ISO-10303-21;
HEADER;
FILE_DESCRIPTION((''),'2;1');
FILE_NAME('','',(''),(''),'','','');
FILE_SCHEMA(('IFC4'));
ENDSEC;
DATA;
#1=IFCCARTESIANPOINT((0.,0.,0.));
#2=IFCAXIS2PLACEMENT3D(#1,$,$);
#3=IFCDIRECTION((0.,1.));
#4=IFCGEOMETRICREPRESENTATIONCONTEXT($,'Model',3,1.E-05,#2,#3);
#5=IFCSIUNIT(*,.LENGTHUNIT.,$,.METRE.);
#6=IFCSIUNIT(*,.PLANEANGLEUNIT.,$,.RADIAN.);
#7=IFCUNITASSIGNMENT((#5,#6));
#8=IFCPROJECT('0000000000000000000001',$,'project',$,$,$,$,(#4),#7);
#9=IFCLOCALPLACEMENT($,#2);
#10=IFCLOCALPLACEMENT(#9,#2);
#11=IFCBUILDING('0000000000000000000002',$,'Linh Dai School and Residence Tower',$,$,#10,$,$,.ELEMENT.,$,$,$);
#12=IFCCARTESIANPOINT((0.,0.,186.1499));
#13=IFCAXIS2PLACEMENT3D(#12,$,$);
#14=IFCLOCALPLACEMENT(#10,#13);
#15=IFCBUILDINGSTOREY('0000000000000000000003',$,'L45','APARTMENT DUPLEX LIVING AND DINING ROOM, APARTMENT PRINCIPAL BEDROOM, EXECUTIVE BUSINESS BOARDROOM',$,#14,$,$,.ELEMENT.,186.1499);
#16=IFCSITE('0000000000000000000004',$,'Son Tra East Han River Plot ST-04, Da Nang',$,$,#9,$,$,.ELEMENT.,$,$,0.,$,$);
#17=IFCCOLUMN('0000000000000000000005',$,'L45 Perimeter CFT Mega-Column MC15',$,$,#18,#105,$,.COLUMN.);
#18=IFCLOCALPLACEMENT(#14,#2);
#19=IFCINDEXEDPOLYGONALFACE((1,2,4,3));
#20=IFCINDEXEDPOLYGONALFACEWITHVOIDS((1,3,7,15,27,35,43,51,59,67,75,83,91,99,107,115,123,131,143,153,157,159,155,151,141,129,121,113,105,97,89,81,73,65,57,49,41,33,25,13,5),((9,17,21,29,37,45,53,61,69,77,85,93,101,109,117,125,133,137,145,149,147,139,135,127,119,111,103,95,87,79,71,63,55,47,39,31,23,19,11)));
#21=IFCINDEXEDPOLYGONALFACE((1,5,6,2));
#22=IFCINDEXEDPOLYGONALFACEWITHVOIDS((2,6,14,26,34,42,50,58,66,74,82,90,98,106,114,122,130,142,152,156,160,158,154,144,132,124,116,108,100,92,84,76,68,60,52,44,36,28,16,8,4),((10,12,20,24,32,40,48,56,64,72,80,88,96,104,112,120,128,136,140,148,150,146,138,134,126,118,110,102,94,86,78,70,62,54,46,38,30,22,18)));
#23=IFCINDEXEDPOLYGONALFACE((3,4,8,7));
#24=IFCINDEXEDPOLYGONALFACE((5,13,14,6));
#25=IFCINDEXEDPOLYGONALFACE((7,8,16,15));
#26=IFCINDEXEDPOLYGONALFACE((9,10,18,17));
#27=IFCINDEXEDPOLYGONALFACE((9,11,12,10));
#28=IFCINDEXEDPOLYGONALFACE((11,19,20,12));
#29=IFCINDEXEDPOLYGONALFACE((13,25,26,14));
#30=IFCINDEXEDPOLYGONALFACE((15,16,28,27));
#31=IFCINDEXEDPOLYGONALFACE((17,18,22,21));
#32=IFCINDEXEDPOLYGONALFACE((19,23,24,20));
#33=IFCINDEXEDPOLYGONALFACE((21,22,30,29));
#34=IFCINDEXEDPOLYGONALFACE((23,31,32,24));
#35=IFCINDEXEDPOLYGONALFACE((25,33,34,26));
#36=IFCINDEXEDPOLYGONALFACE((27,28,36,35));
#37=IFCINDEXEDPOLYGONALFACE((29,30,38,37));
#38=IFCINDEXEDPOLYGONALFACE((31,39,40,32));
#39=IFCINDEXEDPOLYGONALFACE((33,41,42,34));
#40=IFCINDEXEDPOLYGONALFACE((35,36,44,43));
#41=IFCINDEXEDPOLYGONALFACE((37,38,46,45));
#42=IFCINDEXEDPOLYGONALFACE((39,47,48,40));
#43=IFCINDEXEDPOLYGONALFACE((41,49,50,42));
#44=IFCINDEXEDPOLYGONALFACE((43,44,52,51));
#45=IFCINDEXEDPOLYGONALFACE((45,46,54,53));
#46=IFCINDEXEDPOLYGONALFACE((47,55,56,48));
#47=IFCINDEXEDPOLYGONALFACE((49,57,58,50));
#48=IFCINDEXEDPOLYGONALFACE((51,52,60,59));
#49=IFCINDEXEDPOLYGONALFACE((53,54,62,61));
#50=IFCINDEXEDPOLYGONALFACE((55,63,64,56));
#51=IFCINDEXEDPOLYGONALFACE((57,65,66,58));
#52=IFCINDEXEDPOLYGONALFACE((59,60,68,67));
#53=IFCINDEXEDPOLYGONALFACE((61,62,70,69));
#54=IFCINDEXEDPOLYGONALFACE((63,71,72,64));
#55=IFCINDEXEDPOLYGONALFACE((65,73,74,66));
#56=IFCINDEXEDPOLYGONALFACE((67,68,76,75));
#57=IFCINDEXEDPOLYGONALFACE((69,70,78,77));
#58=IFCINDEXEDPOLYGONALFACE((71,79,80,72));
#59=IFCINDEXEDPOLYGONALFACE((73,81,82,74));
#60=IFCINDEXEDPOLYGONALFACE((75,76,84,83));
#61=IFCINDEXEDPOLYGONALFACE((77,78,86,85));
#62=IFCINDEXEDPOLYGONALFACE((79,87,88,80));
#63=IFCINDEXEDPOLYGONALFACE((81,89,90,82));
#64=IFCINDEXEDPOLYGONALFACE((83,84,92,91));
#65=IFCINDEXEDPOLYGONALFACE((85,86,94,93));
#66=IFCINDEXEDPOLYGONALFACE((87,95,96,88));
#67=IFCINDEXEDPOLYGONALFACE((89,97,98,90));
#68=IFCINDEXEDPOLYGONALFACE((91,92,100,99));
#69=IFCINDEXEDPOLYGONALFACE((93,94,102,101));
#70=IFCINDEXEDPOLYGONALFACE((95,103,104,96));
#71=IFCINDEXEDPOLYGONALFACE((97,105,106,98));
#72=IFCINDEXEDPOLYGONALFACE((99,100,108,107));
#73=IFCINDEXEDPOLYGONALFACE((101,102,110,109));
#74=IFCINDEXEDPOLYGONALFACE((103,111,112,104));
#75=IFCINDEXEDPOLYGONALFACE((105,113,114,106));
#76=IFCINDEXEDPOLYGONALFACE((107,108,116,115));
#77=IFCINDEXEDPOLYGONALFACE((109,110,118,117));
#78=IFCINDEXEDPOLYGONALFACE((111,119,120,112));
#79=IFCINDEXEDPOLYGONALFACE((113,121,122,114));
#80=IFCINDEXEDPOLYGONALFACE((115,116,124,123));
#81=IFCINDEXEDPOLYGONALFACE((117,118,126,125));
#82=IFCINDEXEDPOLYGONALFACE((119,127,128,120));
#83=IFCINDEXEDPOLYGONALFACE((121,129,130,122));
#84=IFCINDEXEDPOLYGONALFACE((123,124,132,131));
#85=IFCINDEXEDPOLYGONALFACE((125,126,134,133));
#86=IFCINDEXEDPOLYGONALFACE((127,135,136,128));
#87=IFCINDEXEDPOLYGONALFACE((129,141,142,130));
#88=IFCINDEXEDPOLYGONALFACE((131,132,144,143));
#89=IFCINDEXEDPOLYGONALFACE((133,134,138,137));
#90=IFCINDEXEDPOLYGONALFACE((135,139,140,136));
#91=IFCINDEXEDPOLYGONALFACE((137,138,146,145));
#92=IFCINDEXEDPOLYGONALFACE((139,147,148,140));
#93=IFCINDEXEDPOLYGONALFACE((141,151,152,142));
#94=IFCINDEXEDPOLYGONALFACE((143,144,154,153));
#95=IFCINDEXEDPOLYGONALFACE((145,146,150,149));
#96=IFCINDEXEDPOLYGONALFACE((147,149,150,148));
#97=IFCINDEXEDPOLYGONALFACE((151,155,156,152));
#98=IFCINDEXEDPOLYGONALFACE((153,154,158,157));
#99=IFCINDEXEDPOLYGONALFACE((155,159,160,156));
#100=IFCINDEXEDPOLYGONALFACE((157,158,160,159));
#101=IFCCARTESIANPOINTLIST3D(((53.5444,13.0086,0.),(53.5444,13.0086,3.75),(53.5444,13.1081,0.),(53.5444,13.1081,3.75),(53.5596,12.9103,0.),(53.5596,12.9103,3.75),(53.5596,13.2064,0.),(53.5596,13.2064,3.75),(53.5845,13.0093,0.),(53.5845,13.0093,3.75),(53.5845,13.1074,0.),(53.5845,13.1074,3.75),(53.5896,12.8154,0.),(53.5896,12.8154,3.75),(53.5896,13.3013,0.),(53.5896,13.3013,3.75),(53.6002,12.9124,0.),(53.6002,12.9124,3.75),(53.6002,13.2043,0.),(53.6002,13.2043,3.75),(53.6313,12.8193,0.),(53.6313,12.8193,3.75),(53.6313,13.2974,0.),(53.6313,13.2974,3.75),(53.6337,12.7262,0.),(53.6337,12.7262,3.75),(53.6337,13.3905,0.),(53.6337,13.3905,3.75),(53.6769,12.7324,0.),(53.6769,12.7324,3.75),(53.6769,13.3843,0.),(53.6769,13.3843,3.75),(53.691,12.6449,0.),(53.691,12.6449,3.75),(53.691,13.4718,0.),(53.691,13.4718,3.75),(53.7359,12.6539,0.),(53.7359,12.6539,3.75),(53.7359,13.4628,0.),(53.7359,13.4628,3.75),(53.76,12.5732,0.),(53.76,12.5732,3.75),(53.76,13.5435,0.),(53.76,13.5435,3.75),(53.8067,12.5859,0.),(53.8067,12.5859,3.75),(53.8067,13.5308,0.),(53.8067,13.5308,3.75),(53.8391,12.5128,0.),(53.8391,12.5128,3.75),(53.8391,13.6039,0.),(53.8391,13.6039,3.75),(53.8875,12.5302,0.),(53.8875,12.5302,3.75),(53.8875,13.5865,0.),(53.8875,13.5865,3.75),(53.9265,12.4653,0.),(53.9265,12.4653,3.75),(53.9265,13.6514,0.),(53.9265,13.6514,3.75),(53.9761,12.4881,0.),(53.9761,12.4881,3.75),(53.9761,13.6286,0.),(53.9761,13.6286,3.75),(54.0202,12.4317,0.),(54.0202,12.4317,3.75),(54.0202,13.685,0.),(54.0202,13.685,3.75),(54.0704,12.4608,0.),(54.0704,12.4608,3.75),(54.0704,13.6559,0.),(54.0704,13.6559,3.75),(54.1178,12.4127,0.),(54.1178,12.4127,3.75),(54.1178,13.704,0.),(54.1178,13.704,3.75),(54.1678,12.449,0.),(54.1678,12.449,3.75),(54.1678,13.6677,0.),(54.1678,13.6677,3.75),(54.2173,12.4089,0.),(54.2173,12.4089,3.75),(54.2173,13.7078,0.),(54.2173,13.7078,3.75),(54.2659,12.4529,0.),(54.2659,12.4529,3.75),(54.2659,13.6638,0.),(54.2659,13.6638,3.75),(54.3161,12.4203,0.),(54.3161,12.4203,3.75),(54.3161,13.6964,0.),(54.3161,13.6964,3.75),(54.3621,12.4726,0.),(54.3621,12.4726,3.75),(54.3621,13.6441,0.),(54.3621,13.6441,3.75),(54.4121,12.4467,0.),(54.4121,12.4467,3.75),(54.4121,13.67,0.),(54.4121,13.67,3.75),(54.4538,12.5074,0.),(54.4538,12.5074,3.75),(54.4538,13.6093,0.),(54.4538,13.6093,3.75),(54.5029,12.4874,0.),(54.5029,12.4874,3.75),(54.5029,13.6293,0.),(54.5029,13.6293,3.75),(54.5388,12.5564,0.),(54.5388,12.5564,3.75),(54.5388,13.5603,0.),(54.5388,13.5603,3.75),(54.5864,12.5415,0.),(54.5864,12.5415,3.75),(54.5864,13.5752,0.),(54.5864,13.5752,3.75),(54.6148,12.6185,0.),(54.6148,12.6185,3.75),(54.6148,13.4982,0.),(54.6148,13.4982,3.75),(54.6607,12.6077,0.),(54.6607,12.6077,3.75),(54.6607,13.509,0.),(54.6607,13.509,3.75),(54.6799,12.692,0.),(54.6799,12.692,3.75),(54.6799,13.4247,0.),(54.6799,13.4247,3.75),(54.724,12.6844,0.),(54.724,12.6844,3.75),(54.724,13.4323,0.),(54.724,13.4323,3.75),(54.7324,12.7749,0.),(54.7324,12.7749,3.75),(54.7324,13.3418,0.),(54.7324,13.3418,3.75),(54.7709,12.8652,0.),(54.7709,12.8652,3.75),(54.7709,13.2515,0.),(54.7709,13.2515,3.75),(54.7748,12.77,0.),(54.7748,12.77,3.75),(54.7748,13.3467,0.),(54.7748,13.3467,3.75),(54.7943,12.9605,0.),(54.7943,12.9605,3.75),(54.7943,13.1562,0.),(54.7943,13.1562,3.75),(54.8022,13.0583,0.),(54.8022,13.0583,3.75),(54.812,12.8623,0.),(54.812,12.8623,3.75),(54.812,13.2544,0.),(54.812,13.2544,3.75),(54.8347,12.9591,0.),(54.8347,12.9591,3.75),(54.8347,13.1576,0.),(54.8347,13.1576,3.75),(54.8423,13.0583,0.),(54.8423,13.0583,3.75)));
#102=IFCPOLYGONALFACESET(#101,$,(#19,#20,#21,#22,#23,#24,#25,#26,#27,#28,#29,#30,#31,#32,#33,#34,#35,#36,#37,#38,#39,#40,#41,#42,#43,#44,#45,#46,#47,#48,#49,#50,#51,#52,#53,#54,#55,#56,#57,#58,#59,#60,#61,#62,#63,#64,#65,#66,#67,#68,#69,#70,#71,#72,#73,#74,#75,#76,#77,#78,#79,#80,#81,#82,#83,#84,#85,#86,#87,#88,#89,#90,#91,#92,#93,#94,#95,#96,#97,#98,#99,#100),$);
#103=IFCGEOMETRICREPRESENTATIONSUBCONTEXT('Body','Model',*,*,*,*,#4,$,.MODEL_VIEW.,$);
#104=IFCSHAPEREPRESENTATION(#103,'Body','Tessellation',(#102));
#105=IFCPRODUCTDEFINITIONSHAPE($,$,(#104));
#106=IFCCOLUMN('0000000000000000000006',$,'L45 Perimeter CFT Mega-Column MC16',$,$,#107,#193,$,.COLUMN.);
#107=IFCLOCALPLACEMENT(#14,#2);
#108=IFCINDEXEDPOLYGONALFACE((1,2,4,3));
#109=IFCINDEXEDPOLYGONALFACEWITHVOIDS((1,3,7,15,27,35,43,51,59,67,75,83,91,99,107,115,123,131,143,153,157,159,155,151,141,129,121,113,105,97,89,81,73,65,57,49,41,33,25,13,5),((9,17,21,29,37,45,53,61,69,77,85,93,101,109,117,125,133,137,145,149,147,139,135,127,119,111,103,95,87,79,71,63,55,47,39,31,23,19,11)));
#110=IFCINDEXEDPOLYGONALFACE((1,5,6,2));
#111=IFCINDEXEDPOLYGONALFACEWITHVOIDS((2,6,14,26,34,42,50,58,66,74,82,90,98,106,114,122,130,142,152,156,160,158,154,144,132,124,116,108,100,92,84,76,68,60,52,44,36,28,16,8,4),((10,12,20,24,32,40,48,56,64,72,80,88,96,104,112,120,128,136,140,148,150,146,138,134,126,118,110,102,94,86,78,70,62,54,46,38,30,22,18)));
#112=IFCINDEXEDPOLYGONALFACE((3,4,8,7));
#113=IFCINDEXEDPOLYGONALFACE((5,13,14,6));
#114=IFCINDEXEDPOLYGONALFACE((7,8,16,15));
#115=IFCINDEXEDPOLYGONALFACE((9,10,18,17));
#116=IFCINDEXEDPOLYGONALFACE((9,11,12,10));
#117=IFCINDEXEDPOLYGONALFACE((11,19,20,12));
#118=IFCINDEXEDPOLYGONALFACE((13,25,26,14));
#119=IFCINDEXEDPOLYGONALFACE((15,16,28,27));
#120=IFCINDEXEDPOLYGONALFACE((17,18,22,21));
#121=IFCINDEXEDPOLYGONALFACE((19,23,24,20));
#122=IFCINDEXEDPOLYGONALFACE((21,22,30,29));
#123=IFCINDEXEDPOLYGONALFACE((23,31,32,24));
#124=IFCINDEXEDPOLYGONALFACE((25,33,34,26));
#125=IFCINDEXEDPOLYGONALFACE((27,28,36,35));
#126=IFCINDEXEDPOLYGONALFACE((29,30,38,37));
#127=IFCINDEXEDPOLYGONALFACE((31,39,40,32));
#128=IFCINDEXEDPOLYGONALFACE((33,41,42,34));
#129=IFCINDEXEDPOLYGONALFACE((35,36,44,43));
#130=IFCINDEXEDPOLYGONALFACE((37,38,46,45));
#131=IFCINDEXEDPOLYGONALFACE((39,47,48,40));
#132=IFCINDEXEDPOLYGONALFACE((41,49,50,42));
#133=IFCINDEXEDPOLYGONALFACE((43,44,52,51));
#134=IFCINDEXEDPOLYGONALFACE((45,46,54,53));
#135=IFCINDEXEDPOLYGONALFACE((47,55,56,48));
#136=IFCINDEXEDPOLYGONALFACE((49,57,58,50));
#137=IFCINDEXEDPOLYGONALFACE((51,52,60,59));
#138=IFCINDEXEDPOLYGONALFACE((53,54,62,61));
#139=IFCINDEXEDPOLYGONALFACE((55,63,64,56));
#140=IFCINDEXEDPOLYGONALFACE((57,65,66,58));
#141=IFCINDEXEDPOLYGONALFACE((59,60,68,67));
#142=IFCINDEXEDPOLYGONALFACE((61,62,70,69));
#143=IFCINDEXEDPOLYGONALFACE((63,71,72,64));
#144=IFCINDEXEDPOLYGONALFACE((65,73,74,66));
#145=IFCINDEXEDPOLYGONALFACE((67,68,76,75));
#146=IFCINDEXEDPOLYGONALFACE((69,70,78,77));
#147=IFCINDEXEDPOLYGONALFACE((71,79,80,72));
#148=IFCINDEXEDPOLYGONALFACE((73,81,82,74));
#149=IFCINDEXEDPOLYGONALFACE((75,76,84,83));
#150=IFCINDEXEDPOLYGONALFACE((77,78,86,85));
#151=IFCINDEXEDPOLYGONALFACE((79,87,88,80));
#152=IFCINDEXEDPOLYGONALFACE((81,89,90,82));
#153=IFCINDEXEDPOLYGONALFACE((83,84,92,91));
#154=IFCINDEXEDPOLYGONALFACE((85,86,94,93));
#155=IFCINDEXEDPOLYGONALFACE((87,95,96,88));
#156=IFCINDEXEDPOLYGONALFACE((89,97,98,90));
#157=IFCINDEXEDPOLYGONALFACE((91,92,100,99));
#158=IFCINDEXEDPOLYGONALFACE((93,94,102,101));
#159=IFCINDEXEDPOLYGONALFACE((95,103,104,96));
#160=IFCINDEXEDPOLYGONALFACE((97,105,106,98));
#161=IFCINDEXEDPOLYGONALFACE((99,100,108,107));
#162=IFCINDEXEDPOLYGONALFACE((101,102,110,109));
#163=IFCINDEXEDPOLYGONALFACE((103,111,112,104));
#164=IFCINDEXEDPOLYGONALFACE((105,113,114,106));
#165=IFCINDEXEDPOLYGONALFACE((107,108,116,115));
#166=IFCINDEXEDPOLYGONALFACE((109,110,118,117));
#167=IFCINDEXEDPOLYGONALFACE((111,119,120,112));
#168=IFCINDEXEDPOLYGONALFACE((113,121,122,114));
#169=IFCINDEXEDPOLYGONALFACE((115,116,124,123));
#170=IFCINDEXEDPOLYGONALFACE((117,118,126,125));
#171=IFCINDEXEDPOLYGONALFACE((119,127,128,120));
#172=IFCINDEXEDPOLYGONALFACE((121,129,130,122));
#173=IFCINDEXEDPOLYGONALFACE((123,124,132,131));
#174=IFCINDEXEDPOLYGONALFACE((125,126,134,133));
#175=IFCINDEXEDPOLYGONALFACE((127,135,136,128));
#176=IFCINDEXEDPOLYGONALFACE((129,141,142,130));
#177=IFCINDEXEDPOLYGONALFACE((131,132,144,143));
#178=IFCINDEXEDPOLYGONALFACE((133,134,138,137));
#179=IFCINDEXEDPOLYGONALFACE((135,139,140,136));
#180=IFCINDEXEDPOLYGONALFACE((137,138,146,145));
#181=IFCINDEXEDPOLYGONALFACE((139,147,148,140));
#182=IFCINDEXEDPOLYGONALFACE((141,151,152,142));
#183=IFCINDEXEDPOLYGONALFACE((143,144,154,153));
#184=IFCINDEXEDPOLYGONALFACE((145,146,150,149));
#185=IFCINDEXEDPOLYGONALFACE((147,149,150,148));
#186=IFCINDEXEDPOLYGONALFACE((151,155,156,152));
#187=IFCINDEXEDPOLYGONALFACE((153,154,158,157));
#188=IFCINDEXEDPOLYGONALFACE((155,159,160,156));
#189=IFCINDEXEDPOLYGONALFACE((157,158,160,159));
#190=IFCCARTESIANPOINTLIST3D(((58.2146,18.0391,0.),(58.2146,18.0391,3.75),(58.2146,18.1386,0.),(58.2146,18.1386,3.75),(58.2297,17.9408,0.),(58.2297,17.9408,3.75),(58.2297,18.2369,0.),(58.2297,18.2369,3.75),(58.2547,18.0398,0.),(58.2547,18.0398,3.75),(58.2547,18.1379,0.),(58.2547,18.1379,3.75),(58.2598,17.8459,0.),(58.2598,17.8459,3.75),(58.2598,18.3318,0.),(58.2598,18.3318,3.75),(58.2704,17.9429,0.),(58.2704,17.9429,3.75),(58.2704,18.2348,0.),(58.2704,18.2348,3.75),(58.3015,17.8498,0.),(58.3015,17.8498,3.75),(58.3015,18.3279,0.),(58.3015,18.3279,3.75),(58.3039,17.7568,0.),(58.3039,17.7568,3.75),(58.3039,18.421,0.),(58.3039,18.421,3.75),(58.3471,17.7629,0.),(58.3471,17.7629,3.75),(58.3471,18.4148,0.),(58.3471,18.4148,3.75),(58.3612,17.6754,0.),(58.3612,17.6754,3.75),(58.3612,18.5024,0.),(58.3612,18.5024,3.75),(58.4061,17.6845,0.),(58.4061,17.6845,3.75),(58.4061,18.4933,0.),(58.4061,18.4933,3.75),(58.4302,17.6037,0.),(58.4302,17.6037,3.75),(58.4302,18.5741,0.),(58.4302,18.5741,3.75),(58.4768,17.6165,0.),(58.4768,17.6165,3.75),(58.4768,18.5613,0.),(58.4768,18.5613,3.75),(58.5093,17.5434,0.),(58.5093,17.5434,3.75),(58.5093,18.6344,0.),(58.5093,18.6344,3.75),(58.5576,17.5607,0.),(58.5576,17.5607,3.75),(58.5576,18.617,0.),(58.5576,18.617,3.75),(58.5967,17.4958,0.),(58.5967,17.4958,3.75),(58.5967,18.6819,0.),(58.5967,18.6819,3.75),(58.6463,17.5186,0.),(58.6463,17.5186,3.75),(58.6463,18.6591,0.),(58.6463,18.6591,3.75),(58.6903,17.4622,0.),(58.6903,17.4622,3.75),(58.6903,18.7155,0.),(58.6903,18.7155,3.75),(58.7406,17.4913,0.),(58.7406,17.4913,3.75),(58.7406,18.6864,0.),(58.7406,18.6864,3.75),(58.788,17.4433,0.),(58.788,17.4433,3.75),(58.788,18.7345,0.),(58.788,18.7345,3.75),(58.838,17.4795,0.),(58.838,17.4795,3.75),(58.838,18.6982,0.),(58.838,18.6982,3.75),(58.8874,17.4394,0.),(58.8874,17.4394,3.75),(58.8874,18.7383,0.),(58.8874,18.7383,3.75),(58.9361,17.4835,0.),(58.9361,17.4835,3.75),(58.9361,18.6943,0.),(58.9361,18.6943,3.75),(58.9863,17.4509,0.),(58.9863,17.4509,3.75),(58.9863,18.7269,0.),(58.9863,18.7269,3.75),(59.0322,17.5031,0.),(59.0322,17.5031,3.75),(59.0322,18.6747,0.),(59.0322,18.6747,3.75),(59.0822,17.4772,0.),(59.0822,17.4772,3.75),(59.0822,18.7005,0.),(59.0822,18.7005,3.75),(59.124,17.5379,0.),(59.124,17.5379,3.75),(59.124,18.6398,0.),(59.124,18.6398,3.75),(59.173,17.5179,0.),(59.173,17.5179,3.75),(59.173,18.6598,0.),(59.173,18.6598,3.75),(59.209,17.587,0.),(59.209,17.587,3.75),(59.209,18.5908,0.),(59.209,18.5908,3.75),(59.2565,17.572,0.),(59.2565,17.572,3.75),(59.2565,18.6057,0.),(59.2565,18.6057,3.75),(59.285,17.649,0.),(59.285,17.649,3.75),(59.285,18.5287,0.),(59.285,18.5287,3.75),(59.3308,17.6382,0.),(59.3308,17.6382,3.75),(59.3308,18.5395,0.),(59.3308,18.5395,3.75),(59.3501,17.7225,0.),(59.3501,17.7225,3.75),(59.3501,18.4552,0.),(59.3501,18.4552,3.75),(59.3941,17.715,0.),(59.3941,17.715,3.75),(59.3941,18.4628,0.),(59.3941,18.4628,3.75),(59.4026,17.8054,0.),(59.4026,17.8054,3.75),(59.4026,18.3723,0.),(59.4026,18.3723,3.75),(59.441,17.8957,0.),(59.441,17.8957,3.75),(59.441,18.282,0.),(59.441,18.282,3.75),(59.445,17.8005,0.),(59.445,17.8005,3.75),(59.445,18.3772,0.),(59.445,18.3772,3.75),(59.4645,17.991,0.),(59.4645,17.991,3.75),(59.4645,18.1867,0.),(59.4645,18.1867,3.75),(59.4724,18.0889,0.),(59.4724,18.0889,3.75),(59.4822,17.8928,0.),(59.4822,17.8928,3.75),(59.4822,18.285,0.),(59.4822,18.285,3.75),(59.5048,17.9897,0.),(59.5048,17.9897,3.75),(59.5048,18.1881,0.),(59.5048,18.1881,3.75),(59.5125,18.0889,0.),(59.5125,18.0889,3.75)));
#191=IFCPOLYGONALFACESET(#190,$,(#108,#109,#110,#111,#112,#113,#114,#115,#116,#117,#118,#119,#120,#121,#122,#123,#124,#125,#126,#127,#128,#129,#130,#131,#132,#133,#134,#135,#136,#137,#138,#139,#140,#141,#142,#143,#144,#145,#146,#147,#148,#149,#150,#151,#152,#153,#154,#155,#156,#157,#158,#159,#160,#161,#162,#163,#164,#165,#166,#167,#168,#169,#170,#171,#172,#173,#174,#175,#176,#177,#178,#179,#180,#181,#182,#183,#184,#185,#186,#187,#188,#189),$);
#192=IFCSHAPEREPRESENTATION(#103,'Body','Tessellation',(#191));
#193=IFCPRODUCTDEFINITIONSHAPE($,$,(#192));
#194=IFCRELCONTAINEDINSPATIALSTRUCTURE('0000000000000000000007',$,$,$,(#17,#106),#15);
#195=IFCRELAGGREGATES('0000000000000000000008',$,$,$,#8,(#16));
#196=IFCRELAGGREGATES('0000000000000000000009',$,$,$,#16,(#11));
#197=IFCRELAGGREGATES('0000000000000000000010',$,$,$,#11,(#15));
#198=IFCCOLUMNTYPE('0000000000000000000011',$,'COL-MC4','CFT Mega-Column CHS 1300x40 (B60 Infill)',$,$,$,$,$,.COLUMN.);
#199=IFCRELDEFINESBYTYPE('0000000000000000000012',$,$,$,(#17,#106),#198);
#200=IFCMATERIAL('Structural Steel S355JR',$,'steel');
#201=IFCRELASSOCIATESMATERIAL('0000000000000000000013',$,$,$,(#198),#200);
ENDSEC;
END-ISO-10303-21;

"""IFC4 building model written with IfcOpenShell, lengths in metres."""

from ifc_helpers import new_model, si_unit, direction, frame, origin, origin_2d, place, context, subcontext, project, spatial, hollow_circle, extrude, material, material_profile, profile_set, type_object, element, save


model = new_model("IFC4")

# Units and contexts
model_context = context("Model", 3, precision=1e-05, world=origin(), true_north=direction((0.0, 1.0)))
body_context = subcontext(model_context, "Body", "Model", "MODEL_VIEW")
ifc_project = project(units=[si_unit("LENGTHUNIT", "METRE"), si_unit("PLANEANGLEUNIT", "RADIAN")], contexts=[model_context])

# Site, building, storey
site_placement = place(None, origin())
site = spatial("IfcSite", under=ifc_project, at=site_placement, Name="Son Tra East Han River Plot ST-04, Da Nang", CompositionType="ELEMENT", RefElevation=0.0)
building_placement = place(site_placement, origin())
building = spatial("IfcBuilding", under=site, at=building_placement, Name="Linh Dai School and Residence Tower", CompositionType="ELEMENT")
storey_placement = place(building_placement, frame((0.0, 0.0, 186.1499)))
storey = spatial("IfcBuildingStorey", under=building, at=storey_placement, Name="L45", Description="APARTMENT DUPLEX LIVING AND DINING ROOM, APARTMENT PRINCIPAL BEDROOM, EXECUTIVE BUSINESS BOARDROOM", CompositionType="ELEMENT", Elevation=186.1499)

# Columns
ifc_material_1 = material(Name="Structural Steel S355JR", Category="steel")
ifc_material_profile_1 = material_profile(ifc_material_1, hollow_circle(Radius=0.6499, WallThickness=0.04, at=origin_2d()), Name="CHS 1300x40")
ifc_profile_set_1 = profile_set([ifc_material_profile_1], Name="Structural Steel S355JR")
column_type = type_object("IfcColumnType", Name="COL-MC4", Description="CFT Mega-Column CHS 1300x40 (B60 Infill)", PredefinedType="COLUMN", material=ifc_profile_set_1)
for number, where, z_axis, x_axis, name in (
    (1, (54.1924, 13.0583, 0.0), (0.0, 0.0, 1.0), (1.0, 0.0, 0.0), "L45 Perimeter CFT Mega-Column MC15"),
    (2, (58.8625, 18.0889, 0.0), (0.0, 0.0, 1.0), (1.0, 0.0, 0.0), "L45 Perimeter CFT Mega-Column MC16"),
):
    element("IfcColumn", number, at=place(storey_placement, frame(where, z_axis=z_axis, x_axis=x_axis)), inside=storey, type_object=column_type, Name=name, PredefinedType="COLUMN", context=body_context, shape_type="SweptSolid", body=[
        extrude(hollow_circle(Radius=0.6499, WallThickness=0.04, at=origin_2d()), origin(), (0.0, 0.0, 1.0), 3.75),
    ])

save(model, "model.ifc")
